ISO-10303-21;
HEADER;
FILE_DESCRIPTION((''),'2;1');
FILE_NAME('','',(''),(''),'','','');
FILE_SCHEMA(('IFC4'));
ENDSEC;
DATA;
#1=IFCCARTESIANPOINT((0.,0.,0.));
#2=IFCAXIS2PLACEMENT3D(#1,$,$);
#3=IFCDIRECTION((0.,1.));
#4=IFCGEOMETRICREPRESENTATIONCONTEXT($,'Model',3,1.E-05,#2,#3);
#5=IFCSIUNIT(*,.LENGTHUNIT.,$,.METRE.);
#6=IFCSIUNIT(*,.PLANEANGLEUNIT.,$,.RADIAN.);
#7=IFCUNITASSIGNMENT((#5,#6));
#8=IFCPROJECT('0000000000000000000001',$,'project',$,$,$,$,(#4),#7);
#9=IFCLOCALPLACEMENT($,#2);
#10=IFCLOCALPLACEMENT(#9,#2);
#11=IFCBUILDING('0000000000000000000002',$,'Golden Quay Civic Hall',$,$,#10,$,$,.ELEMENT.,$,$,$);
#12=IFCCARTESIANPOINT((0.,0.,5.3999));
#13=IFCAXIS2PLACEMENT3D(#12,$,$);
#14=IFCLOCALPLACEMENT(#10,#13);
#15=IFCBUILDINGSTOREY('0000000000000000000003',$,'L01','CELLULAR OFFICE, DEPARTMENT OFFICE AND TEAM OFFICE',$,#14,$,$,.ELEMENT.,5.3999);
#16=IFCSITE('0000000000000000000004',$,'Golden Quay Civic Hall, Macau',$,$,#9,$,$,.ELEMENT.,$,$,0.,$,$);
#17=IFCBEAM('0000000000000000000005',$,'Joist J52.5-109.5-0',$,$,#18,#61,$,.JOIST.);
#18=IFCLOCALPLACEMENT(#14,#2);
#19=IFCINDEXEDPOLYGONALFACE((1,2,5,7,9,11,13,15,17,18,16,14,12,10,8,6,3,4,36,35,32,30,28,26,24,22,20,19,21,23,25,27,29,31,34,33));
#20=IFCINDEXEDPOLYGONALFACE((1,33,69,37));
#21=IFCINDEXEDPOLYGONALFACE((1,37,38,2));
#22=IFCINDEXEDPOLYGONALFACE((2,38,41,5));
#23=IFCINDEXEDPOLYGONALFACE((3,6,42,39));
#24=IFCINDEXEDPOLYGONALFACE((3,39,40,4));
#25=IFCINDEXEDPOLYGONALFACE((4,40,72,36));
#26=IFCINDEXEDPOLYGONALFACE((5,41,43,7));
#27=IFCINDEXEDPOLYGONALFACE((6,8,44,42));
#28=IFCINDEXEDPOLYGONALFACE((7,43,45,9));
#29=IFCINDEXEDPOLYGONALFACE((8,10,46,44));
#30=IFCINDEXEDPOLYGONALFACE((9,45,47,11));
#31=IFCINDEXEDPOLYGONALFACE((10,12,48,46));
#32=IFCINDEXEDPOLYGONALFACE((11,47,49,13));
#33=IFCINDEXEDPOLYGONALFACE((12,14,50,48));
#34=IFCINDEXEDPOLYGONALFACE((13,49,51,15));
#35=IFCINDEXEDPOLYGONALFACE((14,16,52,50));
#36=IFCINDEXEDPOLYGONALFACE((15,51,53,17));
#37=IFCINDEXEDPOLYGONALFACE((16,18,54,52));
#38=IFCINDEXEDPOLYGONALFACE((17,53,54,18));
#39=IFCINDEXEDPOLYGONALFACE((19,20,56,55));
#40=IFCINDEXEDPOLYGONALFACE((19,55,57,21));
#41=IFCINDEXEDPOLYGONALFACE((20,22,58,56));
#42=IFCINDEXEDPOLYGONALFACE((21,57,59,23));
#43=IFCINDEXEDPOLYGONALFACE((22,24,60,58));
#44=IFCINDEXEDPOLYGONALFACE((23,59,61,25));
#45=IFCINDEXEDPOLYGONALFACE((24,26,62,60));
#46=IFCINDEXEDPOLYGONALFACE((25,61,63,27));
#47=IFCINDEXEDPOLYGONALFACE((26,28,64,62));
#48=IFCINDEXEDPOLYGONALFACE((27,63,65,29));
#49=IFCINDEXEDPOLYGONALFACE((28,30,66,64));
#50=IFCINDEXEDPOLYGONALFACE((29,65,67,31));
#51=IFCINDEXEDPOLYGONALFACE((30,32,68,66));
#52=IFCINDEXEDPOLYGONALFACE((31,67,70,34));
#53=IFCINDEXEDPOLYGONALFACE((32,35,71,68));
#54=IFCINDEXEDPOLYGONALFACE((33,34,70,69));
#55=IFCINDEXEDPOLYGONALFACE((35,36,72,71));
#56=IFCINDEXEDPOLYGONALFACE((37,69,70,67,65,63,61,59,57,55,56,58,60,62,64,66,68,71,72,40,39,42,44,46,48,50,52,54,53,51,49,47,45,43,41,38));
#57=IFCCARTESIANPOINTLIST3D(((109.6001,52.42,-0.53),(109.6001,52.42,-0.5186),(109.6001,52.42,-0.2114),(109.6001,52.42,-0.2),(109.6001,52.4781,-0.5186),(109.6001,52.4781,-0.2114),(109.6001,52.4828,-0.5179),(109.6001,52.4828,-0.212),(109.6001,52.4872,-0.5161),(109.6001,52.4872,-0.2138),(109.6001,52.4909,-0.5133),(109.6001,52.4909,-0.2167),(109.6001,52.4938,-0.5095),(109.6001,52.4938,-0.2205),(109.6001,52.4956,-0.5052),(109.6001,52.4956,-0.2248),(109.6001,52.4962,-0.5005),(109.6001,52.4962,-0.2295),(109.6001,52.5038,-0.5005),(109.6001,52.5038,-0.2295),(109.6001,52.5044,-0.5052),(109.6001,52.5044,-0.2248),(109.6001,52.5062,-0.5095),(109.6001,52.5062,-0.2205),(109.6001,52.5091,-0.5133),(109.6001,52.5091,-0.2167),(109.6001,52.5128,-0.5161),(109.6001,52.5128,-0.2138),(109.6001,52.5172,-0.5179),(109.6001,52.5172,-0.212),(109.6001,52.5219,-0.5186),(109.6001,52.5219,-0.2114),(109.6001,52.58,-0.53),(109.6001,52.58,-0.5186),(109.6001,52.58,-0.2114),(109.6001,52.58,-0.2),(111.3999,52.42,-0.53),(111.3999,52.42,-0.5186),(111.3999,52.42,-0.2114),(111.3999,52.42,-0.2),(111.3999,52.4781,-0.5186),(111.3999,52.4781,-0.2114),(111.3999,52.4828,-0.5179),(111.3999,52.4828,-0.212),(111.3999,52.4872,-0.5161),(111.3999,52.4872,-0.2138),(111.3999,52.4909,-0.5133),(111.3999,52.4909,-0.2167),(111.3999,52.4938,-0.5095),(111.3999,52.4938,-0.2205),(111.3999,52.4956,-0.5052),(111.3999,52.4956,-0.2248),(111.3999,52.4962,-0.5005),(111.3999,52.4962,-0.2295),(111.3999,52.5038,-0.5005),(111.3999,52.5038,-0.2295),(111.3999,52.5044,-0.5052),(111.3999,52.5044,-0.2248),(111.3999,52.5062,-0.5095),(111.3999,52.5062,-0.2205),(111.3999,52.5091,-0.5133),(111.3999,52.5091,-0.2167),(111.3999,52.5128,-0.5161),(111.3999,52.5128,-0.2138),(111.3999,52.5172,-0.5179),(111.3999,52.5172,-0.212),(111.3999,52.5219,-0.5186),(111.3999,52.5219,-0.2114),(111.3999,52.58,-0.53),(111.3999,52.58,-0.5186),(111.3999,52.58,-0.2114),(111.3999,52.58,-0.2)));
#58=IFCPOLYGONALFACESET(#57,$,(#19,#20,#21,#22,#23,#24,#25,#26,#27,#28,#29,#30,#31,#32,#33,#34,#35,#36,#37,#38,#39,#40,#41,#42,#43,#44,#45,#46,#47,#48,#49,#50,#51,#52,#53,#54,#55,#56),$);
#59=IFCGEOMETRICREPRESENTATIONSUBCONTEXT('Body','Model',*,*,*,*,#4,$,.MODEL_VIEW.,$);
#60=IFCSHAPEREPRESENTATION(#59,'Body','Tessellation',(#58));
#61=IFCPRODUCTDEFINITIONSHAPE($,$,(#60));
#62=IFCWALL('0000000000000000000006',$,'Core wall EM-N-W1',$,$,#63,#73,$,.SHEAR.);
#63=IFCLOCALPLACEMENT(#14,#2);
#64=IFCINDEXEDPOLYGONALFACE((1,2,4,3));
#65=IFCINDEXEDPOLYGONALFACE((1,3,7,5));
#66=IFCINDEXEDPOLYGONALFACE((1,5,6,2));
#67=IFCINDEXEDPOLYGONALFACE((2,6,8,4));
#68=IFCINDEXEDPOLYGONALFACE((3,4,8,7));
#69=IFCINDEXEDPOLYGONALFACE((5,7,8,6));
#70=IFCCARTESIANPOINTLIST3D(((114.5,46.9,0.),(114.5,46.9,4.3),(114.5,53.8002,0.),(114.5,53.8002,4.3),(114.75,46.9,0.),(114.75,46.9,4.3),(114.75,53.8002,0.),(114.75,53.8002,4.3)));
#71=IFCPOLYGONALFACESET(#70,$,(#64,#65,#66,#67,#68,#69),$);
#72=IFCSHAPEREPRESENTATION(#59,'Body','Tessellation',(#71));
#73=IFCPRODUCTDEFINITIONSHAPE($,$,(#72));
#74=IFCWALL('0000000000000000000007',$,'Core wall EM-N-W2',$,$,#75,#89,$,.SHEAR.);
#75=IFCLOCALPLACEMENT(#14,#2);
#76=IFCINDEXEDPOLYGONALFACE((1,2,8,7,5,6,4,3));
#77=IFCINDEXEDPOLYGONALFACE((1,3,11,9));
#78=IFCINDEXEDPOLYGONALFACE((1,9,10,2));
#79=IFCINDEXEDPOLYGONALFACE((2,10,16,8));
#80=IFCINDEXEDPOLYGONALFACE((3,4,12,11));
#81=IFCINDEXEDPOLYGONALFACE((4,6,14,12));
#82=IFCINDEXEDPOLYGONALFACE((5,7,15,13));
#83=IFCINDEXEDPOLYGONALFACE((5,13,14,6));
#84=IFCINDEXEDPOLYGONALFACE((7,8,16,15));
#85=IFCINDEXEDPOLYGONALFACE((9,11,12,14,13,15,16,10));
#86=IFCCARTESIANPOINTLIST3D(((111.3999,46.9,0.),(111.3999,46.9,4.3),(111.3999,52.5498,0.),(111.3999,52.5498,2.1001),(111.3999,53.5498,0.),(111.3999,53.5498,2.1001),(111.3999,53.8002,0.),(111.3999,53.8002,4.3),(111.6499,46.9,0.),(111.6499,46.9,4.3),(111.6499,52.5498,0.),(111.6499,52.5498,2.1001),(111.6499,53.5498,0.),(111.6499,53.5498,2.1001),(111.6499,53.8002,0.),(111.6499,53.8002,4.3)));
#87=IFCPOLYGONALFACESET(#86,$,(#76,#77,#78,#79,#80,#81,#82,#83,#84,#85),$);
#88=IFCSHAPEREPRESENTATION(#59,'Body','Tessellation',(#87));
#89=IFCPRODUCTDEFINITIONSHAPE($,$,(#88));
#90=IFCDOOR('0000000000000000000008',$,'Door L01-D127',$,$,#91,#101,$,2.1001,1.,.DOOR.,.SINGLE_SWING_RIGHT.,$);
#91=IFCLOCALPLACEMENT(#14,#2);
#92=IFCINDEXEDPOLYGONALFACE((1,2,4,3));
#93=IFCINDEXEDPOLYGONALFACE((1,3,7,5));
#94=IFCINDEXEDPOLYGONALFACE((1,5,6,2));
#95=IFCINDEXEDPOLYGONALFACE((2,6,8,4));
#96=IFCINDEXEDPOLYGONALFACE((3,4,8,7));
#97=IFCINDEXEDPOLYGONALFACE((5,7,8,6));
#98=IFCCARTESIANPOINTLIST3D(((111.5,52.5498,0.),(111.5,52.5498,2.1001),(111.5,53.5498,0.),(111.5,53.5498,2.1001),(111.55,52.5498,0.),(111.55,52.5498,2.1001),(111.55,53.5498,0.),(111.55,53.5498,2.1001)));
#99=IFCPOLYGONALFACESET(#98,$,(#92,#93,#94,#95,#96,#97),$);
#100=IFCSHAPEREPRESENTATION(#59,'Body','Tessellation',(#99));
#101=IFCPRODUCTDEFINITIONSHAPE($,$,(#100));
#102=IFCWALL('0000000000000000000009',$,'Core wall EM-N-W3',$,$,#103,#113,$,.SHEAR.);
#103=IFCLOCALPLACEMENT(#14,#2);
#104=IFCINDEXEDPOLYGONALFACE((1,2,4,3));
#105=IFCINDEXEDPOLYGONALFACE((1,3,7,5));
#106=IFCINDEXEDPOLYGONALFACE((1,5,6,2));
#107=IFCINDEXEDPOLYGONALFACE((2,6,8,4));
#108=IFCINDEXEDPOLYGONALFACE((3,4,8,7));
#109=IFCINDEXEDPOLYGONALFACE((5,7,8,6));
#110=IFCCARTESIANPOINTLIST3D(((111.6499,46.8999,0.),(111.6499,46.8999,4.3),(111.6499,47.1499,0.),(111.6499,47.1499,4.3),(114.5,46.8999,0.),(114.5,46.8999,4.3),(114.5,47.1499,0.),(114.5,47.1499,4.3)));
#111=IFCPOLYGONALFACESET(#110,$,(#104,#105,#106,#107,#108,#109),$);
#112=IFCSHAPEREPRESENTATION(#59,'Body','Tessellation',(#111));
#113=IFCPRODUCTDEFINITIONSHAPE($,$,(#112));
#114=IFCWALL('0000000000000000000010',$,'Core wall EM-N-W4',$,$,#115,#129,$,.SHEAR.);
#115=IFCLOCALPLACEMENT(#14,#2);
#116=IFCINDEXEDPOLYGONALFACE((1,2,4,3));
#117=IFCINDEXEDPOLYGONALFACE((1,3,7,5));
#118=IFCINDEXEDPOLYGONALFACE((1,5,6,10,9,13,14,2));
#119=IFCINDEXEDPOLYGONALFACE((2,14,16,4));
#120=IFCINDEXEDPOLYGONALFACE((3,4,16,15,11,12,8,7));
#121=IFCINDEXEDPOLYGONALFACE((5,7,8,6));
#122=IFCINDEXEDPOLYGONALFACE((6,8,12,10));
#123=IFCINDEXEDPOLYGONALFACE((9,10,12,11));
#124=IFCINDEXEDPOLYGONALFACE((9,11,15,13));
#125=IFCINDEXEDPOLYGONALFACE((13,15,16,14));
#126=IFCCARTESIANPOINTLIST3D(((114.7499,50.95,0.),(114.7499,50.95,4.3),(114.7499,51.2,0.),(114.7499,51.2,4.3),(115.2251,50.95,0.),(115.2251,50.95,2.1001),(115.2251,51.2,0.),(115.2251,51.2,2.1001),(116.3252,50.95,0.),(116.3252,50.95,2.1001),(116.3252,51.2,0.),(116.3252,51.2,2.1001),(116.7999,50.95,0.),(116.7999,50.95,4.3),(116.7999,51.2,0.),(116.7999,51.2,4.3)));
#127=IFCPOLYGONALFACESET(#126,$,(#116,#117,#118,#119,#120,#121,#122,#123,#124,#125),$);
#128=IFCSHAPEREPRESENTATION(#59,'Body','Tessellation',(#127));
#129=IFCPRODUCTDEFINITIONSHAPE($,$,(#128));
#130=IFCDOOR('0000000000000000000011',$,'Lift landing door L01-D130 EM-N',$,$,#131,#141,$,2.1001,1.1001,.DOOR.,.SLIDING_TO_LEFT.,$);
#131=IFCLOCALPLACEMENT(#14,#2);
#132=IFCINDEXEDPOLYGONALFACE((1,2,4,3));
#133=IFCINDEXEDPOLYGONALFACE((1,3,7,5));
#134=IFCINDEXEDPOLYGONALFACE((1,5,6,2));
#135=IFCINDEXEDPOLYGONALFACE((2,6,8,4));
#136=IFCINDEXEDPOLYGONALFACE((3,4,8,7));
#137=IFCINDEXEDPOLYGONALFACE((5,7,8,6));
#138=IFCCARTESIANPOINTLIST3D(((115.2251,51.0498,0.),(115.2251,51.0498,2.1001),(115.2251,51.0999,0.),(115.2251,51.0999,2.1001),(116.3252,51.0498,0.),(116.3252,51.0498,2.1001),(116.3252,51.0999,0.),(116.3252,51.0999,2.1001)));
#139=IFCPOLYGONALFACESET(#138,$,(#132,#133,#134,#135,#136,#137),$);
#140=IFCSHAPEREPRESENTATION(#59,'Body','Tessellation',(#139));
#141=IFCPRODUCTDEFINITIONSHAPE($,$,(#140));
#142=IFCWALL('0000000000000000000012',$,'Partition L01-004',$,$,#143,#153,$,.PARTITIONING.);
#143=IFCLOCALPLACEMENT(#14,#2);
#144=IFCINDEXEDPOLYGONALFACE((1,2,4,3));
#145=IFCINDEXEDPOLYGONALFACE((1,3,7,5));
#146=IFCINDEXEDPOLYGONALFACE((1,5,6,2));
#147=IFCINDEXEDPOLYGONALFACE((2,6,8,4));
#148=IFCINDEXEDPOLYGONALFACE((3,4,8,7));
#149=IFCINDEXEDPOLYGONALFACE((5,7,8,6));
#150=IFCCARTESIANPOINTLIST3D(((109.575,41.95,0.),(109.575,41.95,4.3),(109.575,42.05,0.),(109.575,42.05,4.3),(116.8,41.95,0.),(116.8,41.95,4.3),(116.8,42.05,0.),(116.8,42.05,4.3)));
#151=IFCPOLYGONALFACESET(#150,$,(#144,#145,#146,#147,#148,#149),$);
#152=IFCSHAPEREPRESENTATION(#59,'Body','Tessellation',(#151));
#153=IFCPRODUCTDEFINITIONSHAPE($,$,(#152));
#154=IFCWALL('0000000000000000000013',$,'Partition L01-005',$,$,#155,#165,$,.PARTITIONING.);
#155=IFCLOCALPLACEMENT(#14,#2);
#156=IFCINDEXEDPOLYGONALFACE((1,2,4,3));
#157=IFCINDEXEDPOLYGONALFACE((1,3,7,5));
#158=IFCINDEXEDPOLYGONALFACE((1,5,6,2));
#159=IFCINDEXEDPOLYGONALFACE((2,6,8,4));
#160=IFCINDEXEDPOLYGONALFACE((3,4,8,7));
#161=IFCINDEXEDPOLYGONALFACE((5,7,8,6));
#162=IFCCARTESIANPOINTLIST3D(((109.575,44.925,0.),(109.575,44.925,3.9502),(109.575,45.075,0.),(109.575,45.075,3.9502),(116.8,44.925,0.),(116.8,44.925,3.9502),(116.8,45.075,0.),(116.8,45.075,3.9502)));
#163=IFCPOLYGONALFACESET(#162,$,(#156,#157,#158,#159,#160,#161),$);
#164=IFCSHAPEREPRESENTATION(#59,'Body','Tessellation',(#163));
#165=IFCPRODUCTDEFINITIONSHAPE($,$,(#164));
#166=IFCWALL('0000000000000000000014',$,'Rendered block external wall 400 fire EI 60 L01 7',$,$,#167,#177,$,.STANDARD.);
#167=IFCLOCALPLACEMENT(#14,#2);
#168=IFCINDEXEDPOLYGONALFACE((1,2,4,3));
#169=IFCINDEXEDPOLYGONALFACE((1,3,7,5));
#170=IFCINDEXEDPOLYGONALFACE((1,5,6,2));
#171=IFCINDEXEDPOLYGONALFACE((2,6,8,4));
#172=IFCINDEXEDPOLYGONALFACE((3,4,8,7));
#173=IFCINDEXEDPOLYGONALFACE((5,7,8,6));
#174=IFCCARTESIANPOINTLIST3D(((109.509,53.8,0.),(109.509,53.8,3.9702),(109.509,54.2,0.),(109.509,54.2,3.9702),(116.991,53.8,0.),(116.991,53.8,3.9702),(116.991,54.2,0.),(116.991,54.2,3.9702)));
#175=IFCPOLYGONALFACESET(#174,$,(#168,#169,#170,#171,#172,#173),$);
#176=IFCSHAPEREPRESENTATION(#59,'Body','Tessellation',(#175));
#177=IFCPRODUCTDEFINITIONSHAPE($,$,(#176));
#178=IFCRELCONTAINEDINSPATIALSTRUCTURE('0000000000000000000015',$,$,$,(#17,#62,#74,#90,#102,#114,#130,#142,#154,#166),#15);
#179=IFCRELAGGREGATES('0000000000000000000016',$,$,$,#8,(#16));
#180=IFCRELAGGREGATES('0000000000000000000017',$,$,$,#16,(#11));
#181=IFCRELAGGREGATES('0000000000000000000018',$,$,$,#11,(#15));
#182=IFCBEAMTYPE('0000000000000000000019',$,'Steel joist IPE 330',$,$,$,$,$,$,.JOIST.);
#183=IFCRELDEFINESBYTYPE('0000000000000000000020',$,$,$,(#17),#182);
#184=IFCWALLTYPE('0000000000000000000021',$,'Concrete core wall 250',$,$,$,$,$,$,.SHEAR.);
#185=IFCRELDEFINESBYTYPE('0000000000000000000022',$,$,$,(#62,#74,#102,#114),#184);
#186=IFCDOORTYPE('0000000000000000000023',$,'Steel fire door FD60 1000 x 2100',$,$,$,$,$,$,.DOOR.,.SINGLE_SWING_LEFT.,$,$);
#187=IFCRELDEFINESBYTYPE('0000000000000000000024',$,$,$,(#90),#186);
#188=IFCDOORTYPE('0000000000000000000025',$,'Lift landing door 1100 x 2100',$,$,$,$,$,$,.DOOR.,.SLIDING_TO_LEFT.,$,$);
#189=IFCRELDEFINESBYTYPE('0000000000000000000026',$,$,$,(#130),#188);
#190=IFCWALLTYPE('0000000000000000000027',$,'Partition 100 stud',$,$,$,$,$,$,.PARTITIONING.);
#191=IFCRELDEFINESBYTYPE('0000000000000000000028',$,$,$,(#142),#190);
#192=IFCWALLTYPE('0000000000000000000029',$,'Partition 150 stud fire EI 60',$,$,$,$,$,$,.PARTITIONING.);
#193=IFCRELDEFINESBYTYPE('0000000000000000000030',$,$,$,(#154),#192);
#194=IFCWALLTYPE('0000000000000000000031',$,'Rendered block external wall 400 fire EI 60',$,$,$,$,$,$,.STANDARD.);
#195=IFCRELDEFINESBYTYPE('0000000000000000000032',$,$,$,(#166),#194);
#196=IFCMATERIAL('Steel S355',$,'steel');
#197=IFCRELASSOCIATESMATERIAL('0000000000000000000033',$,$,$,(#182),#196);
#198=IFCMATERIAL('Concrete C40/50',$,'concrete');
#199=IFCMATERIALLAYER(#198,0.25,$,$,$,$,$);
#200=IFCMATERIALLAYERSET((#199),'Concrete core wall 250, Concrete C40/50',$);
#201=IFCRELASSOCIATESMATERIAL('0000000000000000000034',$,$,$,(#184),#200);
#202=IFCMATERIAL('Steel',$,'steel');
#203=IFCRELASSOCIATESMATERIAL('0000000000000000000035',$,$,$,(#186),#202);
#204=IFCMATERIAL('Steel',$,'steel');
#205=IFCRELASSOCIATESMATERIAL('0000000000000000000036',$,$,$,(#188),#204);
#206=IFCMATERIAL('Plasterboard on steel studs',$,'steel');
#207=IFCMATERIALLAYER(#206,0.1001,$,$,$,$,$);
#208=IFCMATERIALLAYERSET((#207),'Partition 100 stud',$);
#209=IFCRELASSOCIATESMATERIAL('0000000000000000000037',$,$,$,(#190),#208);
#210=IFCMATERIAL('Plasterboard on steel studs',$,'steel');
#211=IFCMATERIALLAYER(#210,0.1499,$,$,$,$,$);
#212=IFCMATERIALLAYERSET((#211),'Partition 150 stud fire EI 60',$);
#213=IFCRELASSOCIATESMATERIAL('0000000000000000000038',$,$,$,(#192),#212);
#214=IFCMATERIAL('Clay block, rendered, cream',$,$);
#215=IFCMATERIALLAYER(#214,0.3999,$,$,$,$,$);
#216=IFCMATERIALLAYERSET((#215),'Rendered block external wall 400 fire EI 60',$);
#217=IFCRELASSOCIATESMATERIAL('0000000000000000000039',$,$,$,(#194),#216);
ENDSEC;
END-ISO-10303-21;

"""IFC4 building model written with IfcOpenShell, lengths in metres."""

from ifc_helpers import new_model, si_unit, direction, frame, frame_2d, origin, origin_2d, place, context, subcontext, project, spatial, rectangle, i_section, extrude, material, layer, layer_set, material_profile, profile_set, type_object, element, fill, save


model = new_model("IFC4")

# Units and contexts
model_context = context("Model", 3, precision=1e-05, world=origin(), true_north=direction((0.0, 1.0)))
body_context = subcontext(model_context, "Body", "Model", "MODEL_VIEW")
ifc_project = project(units=[si_unit("LENGTHUNIT", "METRE"), si_unit("PLANEANGLEUNIT", "RADIAN")], contexts=[model_context])

# Site, building, storey
site_placement = place(None, origin())
site = spatial("IfcSite", under=ifc_project, at=site_placement, Name="Golden Quay Civic Hall, Macau", CompositionType="ELEMENT", RefElevation=0.0)
building_placement = place(site_placement, origin())
building = spatial("IfcBuilding", under=site, at=building_placement, Name="Golden Quay Civic Hall", CompositionType="ELEMENT")
storey_placement = place(building_placement, frame((0.0, 0.0, 5.3999)))
storey = spatial("IfcBuildingStorey", under=building, at=storey_placement, Name="L01", Description="CELLULAR OFFICE, DEPARTMENT OFFICE AND TEAM OFFICE", CompositionType="ELEMENT", Elevation=5.3999)

# Beam
ifc_material_1 = material(Name="Steel S355", Category="steel")
ifc_material_profile_1 = material_profile(ifc_material_1, i_section(OverallWidth=0.1599, OverallDepth=0.3301, WebThickness=0.0076, FlangeThickness=0.0115, FilletRadius=0.0181, at=origin_2d()), Name="IPE 330")
ifc_profile_set_1 = profile_set([ifc_material_profile_1], Name="Steel S355")
beam_type_1 = type_object("IfcBeamType", Name="Steel joist IPE 330", PredefinedType="JOIST", material=ifc_profile_set_1)
beam_1_placement = place(storey_placement, frame((109.6001, 52.5, -0.365), z_axis=(1.0, 0.0, 0.0), x_axis=(0.0, 1.0, 0.0)))
element("IfcBeam", 1, at=beam_1_placement, inside=storey, type_object=beam_type_1, Name="Joist J52.5-109.5-0", PredefinedType="JOIST", context=body_context, shape_type="SweptSolid", body=[
    extrude(i_section(OverallWidth=0.1599, OverallDepth=0.3301, WebThickness=0.0076, FlangeThickness=0.0115, FilletRadius=0.0181, at=origin_2d()), origin(), (0.0, 0.0, 1.0), 1.7998),
])

# Wall
ifc_material_2 = material(Name="Concrete C40/50", Category="concrete")
ifc_layer_1 = layer(ifc_material_2, 0.25)
ifc_layer_set_1 = layer_set([ifc_layer_1], Name="Concrete core wall 250, Concrete C40/50")
wall_type_1 = type_object("IfcWallType", Name="Concrete core wall 250", PredefinedType="SHEAR", material=ifc_layer_set_1)
wall_1_placement = place(storey_placement, frame((114.625, 46.8999, 0.0), z_axis=(0.0, 0.0, 1.0), x_axis=(0.0, 1.0, 0.0)))
element("IfcWall", 2, at=wall_1_placement, inside=storey, type_object=wall_type_1, Name="Core wall EM-N-W1", PredefinedType="SHEAR", context=body_context, shape_type="SweptSolid", body=[
    extrude(rectangle(XDim=6.9001, YDim=0.25, at=frame_2d((3.4502, 0.0))), origin(), (0.0, 0.0, 1.0), 4.3),
])

# Wall, opening, door
wall_2_placement = place(storey_placement, frame((111.5249, 46.8999, 0.0), z_axis=(0.0, 0.0, 1.0), x_axis=(0.0, 1.0, 0.0)))
wall_2 = element("IfcWall", 3, at=wall_2_placement, inside=storey, type_object=wall_type_1, Name="Core wall EM-N-W2", PredefinedType="SHEAR", context=body_context, shape_type="SweptSolid", body=[
    extrude(rectangle(XDim=6.9001, YDim=0.25, at=frame_2d((3.4502, 0.0))), origin(), (0.0, 0.0, 1.0), 4.3),
])
opening_1_placement = place(wall_2_placement, frame((5.6499, 0.0, 0.0)))
opening_1 = element("IfcOpeningElement", 4, at=opening_1_placement, cuts=wall_2, PredefinedType="OPENING", context=body_context, shape_type="SweptSolid", body=[
    extrude(rectangle(XDim=1.0, YDim=2.1001, at=frame_2d((0.5, 1.05))), frame((0.0, 0.135, 0.0), z_axis=(0.0, -1.0, 0.0), x_axis=(1.0, 0.0, 0.0)), (0.0, 0.0, 1.0), 0.27),
])
ifc_material_3 = material(Name="Steel", Category="steel")
door_type_1 = type_object("IfcDoorType", Name="Steel fire door FD60 1000 x 2100", OperationType="SINGLE_SWING_LEFT", PredefinedType="DOOR", material=ifc_material_3)
door_1_placement = place(opening_1_placement, frame((1.0, 0.0, 0.0), z_axis=(0.0, 0.0, 1.0), x_axis=(-1.0, 0.0, 0.0)))
door_1 = element("IfcDoor", 5, at=door_1_placement, inside=storey, type_object=door_type_1, Name="Door L01-D127", OperationType="SINGLE_SWING_RIGHT", OverallHeight=2.1001, OverallWidth=1.0, PredefinedType="DOOR", context=body_context, shape_type="SweptSolid", body=[
    extrude(rectangle(XDim=1.0, YDim=2.1001, at=frame_2d((0.5, 1.05))), frame((0.0, 0.0251, 0.0), z_axis=(0.0, -1.0, 0.0), x_axis=(1.0, 0.0, 0.0)), (0.0, 0.0, 1.0), 0.05),
])
fill(opening_1, door_1)

# Wall
wall_3_placement = place(storey_placement, frame((111.6499, 47.0249, 0.0), z_axis=(0.0, 0.0, 1.0), x_axis=(1.0, 0.0, 0.0)))
element("IfcWall", 6, at=wall_3_placement, inside=storey, type_object=wall_type_1, Name="Core wall EM-N-W3", PredefinedType="SHEAR", context=body_context, shape_type="SweptSolid", body=[
    extrude(rectangle(XDim=2.8501, YDim=0.25, at=frame_2d((1.425, 0.0))), origin(), (0.0, 0.0, 1.0), 4.3),
])

# Wall, opening, door
wall_4_placement = place(storey_placement, frame((114.75, 51.075, 0.0), z_axis=(0.0, 0.0, 1.0), x_axis=(1.0, 0.0, 0.0)))
wall_4 = element("IfcWall", 7, at=wall_4_placement, inside=storey, type_object=wall_type_1, Name="Core wall EM-N-W4", PredefinedType="SHEAR", context=body_context, shape_type="SweptSolid", body=[
    extrude(rectangle(XDim=2.05, YDim=0.25, at=frame_2d((1.0249, 0.0))), origin(), (0.0, 0.0, 1.0), 4.3),
])
opening_2_placement = place(wall_4_placement, frame((0.4751, 0.0, 0.0)))
opening_2 = element("IfcOpeningElement", 8, at=opening_2_placement, cuts=wall_4, PredefinedType="OPENING", context=body_context, shape_type="SweptSolid", body=[
    extrude(rectangle(XDim=1.1001, YDim=2.1001, at=frame_2d((0.55, 1.05))), frame((0.0, 0.135, 0.0), z_axis=(0.0, -1.0, 0.0), x_axis=(1.0, 0.0, 0.0)), (0.0, 0.0, 1.0), 0.27),
])
ifc_material_4 = material(Name="Steel", Category="steel")
door_type_2 = type_object("IfcDoorType", Name="Lift landing door 1100 x 2100", OperationType="SLIDING_TO_LEFT", PredefinedType="DOOR", material=ifc_material_4)
door_2_placement = place(opening_2_placement, origin())
door_2 = element("IfcDoor", 9, at=door_2_placement, inside=storey, type_object=door_type_2, Name="Lift landing door L01-D130 EM-N", OperationType="SLIDING_TO_LEFT", OverallHeight=2.1001, OverallWidth=1.1001, PredefinedType="DOOR", context=body_context, shape_type="SweptSolid", body=[
    extrude(rectangle(XDim=1.1001, YDim=2.1001, at=frame_2d((0.55, 1.05))), frame((0.0, 0.0249, 0.0), z_axis=(0.0, -1.0, 0.0), x_axis=(1.0, 0.0, 0.0)), (0.0, 0.0, 1.0), 0.05),
])
fill(opening_2, door_2)

# Walls
ifc_material_5 = material(Name="Plasterboard on steel studs", Category="steel")
ifc_layer_2 = layer(ifc_material_5, 0.1001)
ifc_layer_set_2 = layer_set([ifc_layer_2], Name="Partition 100 stud")
wall_type_2 = type_object("IfcWallType", Name="Partition 100 stud", PredefinedType="PARTITIONING", material=ifc_layer_set_2)
wall_5_placement = place(storey_placement, frame((109.575, 42.0, 0.0), z_axis=(0.0, 0.0, 1.0), x_axis=(1.0, 0.0, 0.0)))
element("IfcWall", 10, at=wall_5_placement, inside=storey, type_object=wall_type_2, Name="Partition L01-004", PredefinedType="PARTITIONING", context=body_context, shape_type="SweptSolid", body=[
    extrude(rectangle(XDim=7.2251, YDim=0.1001, at=frame_2d((3.6125, 0.0))), origin(), (0.0, 0.0, 1.0), 4.3),
])
ifc_material_6 = material(Name="Plasterboard on steel studs", Category="steel")
ifc_layer_3 = layer(ifc_material_6, 0.1499)
ifc_layer_set_3 = layer_set([ifc_layer_3], Name="Partition 150 stud fire EI 60")
wall_type_3 = type_object("IfcWallType", Name="Partition 150 stud fire EI 60", PredefinedType="PARTITIONING", material=ifc_layer_set_3)
wall_6_placement = place(storey_placement, frame((109.575, 45.0, 0.0), z_axis=(0.0, 0.0, 1.0), x_axis=(1.0, 0.0, 0.0)))
element("IfcWall", 11, at=wall_6_placement, inside=storey, type_object=wall_type_3, Name="Partition L01-005", PredefinedType="PARTITIONING", context=body_context, shape_type="SweptSolid", body=[
    extrude(rectangle(XDim=7.2251, YDim=0.1499, at=frame_2d((3.6125, 0.0))), origin(), (0.0, 0.0, 1.0), 3.9502),
])
ifc_material_7 = material(Name="Clay block, rendered, cream")
ifc_layer_4 = layer(ifc_material_7, 0.3999)
ifc_layer_set_4 = layer_set([ifc_layer_4], Name="Rendered block external wall 400 fire EI 60")
wall_type_4 = type_object("IfcWallType", Name="Rendered block external wall 400 fire EI 60", PredefinedType="STANDARD", material=ifc_layer_set_4)
wall_7_placement = place(storey_placement, frame((109.509, 54.0, 0.0), z_axis=(0.0, 0.0, 1.0), x_axis=(1.0, 0.0, 0.0)))
element("IfcWall", 12, at=wall_7_placement, inside=storey, type_object=wall_type_4, Name="Rendered block external wall 400 fire EI 60 L01 7", PredefinedType="STANDARD", context=body_context, shape_type="SweptSolid", body=[
    extrude(rectangle(XDim=7.4819, YDim=0.3999, at=frame_2d((3.741, 0.0))), origin(), (0.0, 0.0, 1.0), 3.9702),
])

save(model, "model.ifc")
